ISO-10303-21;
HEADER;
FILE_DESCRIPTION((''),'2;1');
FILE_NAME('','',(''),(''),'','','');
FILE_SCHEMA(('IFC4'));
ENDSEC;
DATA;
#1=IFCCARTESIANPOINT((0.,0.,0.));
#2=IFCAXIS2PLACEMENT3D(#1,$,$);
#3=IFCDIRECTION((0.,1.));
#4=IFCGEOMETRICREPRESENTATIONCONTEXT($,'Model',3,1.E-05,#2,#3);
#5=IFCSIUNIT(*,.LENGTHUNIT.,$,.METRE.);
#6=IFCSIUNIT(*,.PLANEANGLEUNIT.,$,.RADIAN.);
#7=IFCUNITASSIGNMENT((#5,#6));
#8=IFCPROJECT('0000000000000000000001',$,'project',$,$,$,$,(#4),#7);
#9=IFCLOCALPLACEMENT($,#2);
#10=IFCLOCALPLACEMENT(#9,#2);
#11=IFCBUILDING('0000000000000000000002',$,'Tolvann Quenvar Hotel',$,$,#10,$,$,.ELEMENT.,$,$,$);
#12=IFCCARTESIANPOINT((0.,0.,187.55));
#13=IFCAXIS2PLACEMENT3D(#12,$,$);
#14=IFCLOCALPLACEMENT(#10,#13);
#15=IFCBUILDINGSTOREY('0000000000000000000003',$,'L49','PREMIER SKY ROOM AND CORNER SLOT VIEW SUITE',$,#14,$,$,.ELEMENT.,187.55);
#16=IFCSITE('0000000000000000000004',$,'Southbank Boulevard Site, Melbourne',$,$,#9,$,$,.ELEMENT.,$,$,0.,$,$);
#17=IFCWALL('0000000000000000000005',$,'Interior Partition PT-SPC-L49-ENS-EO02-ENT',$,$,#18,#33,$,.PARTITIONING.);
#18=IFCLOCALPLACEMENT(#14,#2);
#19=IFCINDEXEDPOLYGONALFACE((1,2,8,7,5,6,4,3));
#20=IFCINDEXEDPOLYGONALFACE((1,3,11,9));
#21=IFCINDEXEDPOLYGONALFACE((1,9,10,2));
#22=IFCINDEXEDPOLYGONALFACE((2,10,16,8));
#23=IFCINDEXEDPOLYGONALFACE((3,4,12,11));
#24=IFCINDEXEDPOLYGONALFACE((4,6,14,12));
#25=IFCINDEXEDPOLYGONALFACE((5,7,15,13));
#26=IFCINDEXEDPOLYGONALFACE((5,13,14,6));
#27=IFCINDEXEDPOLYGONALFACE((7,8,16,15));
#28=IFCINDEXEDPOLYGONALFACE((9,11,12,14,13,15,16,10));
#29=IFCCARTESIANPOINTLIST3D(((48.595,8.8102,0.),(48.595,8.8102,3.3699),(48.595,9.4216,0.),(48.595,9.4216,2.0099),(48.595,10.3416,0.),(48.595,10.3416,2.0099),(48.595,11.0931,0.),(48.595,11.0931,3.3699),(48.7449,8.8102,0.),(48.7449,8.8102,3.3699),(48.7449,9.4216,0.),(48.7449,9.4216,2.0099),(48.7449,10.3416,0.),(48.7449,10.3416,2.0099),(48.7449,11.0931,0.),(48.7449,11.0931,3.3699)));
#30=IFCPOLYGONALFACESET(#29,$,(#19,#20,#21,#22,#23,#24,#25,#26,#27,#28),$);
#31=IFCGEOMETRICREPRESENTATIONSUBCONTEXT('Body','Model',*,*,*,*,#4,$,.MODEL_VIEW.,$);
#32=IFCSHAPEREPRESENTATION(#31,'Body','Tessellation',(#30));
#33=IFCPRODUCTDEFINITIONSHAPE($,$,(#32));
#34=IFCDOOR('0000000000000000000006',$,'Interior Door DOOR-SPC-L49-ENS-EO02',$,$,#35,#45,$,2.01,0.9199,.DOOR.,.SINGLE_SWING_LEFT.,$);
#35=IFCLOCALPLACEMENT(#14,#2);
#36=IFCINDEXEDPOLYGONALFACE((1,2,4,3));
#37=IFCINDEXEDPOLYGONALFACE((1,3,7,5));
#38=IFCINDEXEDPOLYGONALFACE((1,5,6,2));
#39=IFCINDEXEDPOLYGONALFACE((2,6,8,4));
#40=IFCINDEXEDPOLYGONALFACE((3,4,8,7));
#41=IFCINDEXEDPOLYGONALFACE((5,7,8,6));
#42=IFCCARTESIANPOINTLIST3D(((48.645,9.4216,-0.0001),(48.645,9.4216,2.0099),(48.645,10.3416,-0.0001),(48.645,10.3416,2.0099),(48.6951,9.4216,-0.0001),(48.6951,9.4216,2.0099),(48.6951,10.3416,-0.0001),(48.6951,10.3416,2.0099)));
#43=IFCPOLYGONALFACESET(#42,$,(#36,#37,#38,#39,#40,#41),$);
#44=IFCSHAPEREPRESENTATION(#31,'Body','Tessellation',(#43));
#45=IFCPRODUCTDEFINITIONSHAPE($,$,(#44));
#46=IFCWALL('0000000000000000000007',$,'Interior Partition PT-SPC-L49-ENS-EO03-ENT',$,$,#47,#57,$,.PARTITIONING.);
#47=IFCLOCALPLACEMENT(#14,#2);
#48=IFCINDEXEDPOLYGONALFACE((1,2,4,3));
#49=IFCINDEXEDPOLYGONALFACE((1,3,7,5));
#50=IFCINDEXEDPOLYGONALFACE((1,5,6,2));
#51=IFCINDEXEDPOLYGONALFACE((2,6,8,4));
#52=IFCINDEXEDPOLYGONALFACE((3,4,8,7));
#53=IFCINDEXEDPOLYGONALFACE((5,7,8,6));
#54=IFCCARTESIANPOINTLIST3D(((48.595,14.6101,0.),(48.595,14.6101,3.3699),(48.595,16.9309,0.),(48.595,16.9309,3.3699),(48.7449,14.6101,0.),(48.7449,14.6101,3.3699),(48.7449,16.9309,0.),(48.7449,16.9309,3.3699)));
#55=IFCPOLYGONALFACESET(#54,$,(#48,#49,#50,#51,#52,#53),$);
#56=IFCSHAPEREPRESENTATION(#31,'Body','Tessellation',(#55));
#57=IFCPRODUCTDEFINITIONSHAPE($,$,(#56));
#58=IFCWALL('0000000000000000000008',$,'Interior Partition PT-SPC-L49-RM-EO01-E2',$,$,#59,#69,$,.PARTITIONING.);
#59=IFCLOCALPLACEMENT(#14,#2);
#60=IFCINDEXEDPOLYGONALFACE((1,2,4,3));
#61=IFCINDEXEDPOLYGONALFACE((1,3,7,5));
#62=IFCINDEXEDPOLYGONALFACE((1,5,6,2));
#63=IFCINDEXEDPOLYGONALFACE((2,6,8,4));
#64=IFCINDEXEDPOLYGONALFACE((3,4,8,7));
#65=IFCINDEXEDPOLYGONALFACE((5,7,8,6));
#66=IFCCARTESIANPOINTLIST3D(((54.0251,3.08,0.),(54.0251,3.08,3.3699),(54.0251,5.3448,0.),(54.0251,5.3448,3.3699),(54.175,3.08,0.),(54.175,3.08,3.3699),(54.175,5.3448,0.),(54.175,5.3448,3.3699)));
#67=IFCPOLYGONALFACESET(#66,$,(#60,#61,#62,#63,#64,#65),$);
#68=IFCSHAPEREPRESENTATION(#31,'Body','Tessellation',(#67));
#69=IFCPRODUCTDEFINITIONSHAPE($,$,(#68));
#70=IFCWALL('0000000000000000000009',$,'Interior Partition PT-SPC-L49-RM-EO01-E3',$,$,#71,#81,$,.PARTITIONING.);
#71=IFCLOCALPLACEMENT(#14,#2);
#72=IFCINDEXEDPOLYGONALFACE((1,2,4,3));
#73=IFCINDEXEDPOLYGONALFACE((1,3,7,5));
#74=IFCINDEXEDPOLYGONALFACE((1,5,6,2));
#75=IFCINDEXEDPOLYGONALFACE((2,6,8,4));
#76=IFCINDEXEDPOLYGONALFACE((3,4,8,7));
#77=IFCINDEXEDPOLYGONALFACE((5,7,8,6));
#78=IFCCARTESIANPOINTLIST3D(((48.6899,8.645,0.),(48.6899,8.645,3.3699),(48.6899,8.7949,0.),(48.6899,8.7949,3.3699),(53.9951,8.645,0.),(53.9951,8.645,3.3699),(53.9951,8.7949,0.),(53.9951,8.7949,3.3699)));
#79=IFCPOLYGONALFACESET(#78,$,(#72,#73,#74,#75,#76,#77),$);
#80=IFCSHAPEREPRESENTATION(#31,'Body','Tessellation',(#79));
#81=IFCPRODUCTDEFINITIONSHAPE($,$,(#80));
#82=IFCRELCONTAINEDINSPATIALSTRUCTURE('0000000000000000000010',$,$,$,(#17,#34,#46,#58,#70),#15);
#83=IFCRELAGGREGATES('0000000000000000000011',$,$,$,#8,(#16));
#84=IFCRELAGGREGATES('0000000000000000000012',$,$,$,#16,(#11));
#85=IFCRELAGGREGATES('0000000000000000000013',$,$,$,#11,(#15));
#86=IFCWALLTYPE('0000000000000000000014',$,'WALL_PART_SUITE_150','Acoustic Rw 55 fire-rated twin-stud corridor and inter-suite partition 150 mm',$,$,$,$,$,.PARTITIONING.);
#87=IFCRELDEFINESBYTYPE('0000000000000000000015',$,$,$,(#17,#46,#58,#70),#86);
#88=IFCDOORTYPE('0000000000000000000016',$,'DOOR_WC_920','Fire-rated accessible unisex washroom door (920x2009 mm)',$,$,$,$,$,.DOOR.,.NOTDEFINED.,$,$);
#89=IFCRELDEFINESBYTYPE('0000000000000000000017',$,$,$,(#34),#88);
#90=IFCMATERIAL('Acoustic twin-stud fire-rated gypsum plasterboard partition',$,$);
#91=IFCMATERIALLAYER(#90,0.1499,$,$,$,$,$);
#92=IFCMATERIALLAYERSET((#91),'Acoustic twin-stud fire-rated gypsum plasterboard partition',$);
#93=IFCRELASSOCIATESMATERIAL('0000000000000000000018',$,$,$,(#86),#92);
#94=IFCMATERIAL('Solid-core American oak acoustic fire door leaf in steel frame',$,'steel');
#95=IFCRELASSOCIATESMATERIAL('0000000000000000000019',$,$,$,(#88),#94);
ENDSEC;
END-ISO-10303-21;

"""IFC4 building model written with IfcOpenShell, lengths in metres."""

from ifc_helpers import new_model, si_unit, direction, frame, frame_2d, origin, place, context, subcontext, project, spatial, rectangle, extrude, source, transform, mapped, material, layer, layer_set, type_object, type_shapes, element, fill, save


model = new_model("IFC4")

# Units and contexts
model_context = context("Model", 3, precision=1e-05, world=origin(), true_north=direction((0.0, 1.0)))
body_context = subcontext(model_context, "Body", "Model", "MODEL_VIEW")
ifc_project = project(units=[si_unit("LENGTHUNIT", "METRE"), si_unit("PLANEANGLEUNIT", "RADIAN")], contexts=[model_context])

# Site, building, storey
site_placement = place(None, origin())
site = spatial("IfcSite", under=ifc_project, at=site_placement, Name="Southbank Boulevard Site, Melbourne", CompositionType="ELEMENT", RefElevation=0.0)
building_placement = place(site_placement, origin())
building = spatial("IfcBuilding", under=site, at=building_placement, Name="Tolvann Quenvar Hotel", CompositionType="ELEMENT")
storey_placement = place(building_placement, frame((0.0, 0.0, 187.55)))
storey = spatial("IfcBuildingStorey", under=building, at=storey_placement, Name="L49", Description="PREMIER SKY ROOM AND CORNER SLOT VIEW SUITE", CompositionType="ELEMENT", Elevation=187.55)

# Shared definitions
ifc_material_1 = material(Name="Acoustic twin-stud fire-rated gypsum plasterboard partition")
ifc_layer_1 = layer(ifc_material_1, 0.1499)
ifc_layer_set_1 = layer_set([ifc_layer_1], Name="Acoustic twin-stud fire-rated gypsum plasterboard partition")
wall_type_1 = type_object("IfcWallType", Name="WALL_PART_SUITE_150", Description="Acoustic Rw 55 fire-rated twin-stud corridor and inter-suite partition 150 mm", PredefinedType="PARTITIONING", material=ifc_layer_set_1)

# Wall, opening, door
wall_1_placement = place(storey_placement, frame((48.6699, 8.8101, 0.0), z_axis=(0.0, 0.0, 1.0), x_axis=(0.0, 1.0, 0.0)))
wall_1 = element("IfcWall", 1, at=wall_1_placement, inside=storey, type_object=wall_type_1, Name="Interior Partition PT-SPC-L49-ENS-EO02-ENT", PredefinedType="PARTITIONING", context=body_context, shape_type="SweptSolid", body=[
    extrude(rectangle(XDim=2.283, YDim=0.1499, at=frame_2d((1.1416, 0.0))), origin(), (0.0, 0.0, 1.0), 3.3699),
])
opening_1_placement = place(wall_1_placement, frame((0.6116, 0.0, 0.0)))
opening_1 = element("IfcOpeningElement", 2, at=opening_1_placement, cuts=wall_1, PredefinedType="OPENING", context=body_context, shape_type="SweptSolid", body=[
    extrude(rectangle(XDim=0.9199, YDim=2.01, at=frame_2d((0.46, 1.0049))), frame((0.0, 0.085, 0.0), z_axis=(0.0, -1.0, 0.0), x_axis=(1.0, 0.0, 0.0)), (0.0, 0.0, 1.0), 0.1699),
])
ifc_material_2 = material(Name="Solid-core American oak acoustic fire door leaf in steel frame", Category="steel")
door_type_1 = type_object("IfcDoorType", Name="DOOR_WC_920", Description="Fire-rated accessible unisex washroom door (920x2009 mm)", OperationType="NOTDEFINED", PredefinedType="DOOR", material=ifc_material_2)
shared_shape_1 = source(origin(), body_context, "Body", "SweptSolid", [
    extrude(rectangle(XDim=0.9199, YDim=2.01, at=frame_2d((0.46, 1.0049))), frame((0.0, 0.0249, 0.0), z_axis=(0.0, -1.0, 0.0), x_axis=(1.0, 0.0, 0.0)), (0.0, 0.0, 1.0), 0.05),
])
type_shapes(door_type_1, [shared_shape_1])
door_1_placement = place(opening_1_placement, origin())
door_1 = element("IfcDoor", 3, at=door_1_placement, inside=storey, type_object=door_type_1, Name="Interior Door DOOR-SPC-L49-ENS-EO02", OperationType="SINGLE_SWING_LEFT", OverallHeight=2.01, OverallWidth=0.9199, PredefinedType="DOOR", context=body_context, shape_type="MappedRepresentation", body=[
    mapped(shared_shape_1, transform((0.0, 0.0, 0.0), x_axis=(1.0, 0.0, 0.0), y_axis=(0.0, 1.0, 0.0), z_axis=(0.0, 0.0, 1.0), scale=1.0)),
])
fill(opening_1, door_1)

# Walls
wall_2_placement = place(storey_placement, frame((48.6699, 14.6101, 0.0), z_axis=(0.0, 0.0, 1.0), x_axis=(0.0, 1.0, 0.0)))
element("IfcWall", 4, at=wall_2_placement, inside=storey, type_object=wall_type_1, Name="Interior Partition PT-SPC-L49-ENS-EO03-ENT", PredefinedType="PARTITIONING", context=body_context, shape_type="SweptSolid", body=[
    extrude(rectangle(XDim=2.3208, YDim=0.1499, at=frame_2d((1.1604, 0.0))), origin(), (0.0, 0.0, 1.0), 3.3699),
])
wall_3_placement = place(storey_placement, frame((54.1001, 3.0801, 0.0), z_axis=(0.0, 0.0, 1.0), x_axis=(0.0, 1.0, 0.0)))
element("IfcWall", 5, at=wall_3_placement, inside=storey, type_object=wall_type_1, Name="Interior Partition PT-SPC-L49-RM-EO01-E2", PredefinedType="PARTITIONING", context=body_context, shape_type="SweptSolid", body=[
    extrude(rectangle(XDim=2.2649, YDim=0.1499, at=frame_2d((1.1323, 0.0))), origin(), (0.0, 0.0, 1.0), 3.3699),
])
wall_4_placement = place(storey_placement, frame((48.6899, 8.72, 0.0), z_axis=(0.0, 0.0, 1.0), x_axis=(1.0, 0.0, 0.0)))
element("IfcWall", 6, at=wall_4_placement, inside=storey, type_object=wall_type_1, Name="Interior Partition PT-SPC-L49-RM-EO01-E3", PredefinedType="PARTITIONING", context=body_context, shape_type="SweptSolid", body=[
    extrude(rectangle(XDim=5.3052, YDim=0.1499, at=frame_2d((2.6526, 0.0))), origin(), (0.0, 0.0, 1.0), 3.3699),
])

save(model, "model.ifc")
